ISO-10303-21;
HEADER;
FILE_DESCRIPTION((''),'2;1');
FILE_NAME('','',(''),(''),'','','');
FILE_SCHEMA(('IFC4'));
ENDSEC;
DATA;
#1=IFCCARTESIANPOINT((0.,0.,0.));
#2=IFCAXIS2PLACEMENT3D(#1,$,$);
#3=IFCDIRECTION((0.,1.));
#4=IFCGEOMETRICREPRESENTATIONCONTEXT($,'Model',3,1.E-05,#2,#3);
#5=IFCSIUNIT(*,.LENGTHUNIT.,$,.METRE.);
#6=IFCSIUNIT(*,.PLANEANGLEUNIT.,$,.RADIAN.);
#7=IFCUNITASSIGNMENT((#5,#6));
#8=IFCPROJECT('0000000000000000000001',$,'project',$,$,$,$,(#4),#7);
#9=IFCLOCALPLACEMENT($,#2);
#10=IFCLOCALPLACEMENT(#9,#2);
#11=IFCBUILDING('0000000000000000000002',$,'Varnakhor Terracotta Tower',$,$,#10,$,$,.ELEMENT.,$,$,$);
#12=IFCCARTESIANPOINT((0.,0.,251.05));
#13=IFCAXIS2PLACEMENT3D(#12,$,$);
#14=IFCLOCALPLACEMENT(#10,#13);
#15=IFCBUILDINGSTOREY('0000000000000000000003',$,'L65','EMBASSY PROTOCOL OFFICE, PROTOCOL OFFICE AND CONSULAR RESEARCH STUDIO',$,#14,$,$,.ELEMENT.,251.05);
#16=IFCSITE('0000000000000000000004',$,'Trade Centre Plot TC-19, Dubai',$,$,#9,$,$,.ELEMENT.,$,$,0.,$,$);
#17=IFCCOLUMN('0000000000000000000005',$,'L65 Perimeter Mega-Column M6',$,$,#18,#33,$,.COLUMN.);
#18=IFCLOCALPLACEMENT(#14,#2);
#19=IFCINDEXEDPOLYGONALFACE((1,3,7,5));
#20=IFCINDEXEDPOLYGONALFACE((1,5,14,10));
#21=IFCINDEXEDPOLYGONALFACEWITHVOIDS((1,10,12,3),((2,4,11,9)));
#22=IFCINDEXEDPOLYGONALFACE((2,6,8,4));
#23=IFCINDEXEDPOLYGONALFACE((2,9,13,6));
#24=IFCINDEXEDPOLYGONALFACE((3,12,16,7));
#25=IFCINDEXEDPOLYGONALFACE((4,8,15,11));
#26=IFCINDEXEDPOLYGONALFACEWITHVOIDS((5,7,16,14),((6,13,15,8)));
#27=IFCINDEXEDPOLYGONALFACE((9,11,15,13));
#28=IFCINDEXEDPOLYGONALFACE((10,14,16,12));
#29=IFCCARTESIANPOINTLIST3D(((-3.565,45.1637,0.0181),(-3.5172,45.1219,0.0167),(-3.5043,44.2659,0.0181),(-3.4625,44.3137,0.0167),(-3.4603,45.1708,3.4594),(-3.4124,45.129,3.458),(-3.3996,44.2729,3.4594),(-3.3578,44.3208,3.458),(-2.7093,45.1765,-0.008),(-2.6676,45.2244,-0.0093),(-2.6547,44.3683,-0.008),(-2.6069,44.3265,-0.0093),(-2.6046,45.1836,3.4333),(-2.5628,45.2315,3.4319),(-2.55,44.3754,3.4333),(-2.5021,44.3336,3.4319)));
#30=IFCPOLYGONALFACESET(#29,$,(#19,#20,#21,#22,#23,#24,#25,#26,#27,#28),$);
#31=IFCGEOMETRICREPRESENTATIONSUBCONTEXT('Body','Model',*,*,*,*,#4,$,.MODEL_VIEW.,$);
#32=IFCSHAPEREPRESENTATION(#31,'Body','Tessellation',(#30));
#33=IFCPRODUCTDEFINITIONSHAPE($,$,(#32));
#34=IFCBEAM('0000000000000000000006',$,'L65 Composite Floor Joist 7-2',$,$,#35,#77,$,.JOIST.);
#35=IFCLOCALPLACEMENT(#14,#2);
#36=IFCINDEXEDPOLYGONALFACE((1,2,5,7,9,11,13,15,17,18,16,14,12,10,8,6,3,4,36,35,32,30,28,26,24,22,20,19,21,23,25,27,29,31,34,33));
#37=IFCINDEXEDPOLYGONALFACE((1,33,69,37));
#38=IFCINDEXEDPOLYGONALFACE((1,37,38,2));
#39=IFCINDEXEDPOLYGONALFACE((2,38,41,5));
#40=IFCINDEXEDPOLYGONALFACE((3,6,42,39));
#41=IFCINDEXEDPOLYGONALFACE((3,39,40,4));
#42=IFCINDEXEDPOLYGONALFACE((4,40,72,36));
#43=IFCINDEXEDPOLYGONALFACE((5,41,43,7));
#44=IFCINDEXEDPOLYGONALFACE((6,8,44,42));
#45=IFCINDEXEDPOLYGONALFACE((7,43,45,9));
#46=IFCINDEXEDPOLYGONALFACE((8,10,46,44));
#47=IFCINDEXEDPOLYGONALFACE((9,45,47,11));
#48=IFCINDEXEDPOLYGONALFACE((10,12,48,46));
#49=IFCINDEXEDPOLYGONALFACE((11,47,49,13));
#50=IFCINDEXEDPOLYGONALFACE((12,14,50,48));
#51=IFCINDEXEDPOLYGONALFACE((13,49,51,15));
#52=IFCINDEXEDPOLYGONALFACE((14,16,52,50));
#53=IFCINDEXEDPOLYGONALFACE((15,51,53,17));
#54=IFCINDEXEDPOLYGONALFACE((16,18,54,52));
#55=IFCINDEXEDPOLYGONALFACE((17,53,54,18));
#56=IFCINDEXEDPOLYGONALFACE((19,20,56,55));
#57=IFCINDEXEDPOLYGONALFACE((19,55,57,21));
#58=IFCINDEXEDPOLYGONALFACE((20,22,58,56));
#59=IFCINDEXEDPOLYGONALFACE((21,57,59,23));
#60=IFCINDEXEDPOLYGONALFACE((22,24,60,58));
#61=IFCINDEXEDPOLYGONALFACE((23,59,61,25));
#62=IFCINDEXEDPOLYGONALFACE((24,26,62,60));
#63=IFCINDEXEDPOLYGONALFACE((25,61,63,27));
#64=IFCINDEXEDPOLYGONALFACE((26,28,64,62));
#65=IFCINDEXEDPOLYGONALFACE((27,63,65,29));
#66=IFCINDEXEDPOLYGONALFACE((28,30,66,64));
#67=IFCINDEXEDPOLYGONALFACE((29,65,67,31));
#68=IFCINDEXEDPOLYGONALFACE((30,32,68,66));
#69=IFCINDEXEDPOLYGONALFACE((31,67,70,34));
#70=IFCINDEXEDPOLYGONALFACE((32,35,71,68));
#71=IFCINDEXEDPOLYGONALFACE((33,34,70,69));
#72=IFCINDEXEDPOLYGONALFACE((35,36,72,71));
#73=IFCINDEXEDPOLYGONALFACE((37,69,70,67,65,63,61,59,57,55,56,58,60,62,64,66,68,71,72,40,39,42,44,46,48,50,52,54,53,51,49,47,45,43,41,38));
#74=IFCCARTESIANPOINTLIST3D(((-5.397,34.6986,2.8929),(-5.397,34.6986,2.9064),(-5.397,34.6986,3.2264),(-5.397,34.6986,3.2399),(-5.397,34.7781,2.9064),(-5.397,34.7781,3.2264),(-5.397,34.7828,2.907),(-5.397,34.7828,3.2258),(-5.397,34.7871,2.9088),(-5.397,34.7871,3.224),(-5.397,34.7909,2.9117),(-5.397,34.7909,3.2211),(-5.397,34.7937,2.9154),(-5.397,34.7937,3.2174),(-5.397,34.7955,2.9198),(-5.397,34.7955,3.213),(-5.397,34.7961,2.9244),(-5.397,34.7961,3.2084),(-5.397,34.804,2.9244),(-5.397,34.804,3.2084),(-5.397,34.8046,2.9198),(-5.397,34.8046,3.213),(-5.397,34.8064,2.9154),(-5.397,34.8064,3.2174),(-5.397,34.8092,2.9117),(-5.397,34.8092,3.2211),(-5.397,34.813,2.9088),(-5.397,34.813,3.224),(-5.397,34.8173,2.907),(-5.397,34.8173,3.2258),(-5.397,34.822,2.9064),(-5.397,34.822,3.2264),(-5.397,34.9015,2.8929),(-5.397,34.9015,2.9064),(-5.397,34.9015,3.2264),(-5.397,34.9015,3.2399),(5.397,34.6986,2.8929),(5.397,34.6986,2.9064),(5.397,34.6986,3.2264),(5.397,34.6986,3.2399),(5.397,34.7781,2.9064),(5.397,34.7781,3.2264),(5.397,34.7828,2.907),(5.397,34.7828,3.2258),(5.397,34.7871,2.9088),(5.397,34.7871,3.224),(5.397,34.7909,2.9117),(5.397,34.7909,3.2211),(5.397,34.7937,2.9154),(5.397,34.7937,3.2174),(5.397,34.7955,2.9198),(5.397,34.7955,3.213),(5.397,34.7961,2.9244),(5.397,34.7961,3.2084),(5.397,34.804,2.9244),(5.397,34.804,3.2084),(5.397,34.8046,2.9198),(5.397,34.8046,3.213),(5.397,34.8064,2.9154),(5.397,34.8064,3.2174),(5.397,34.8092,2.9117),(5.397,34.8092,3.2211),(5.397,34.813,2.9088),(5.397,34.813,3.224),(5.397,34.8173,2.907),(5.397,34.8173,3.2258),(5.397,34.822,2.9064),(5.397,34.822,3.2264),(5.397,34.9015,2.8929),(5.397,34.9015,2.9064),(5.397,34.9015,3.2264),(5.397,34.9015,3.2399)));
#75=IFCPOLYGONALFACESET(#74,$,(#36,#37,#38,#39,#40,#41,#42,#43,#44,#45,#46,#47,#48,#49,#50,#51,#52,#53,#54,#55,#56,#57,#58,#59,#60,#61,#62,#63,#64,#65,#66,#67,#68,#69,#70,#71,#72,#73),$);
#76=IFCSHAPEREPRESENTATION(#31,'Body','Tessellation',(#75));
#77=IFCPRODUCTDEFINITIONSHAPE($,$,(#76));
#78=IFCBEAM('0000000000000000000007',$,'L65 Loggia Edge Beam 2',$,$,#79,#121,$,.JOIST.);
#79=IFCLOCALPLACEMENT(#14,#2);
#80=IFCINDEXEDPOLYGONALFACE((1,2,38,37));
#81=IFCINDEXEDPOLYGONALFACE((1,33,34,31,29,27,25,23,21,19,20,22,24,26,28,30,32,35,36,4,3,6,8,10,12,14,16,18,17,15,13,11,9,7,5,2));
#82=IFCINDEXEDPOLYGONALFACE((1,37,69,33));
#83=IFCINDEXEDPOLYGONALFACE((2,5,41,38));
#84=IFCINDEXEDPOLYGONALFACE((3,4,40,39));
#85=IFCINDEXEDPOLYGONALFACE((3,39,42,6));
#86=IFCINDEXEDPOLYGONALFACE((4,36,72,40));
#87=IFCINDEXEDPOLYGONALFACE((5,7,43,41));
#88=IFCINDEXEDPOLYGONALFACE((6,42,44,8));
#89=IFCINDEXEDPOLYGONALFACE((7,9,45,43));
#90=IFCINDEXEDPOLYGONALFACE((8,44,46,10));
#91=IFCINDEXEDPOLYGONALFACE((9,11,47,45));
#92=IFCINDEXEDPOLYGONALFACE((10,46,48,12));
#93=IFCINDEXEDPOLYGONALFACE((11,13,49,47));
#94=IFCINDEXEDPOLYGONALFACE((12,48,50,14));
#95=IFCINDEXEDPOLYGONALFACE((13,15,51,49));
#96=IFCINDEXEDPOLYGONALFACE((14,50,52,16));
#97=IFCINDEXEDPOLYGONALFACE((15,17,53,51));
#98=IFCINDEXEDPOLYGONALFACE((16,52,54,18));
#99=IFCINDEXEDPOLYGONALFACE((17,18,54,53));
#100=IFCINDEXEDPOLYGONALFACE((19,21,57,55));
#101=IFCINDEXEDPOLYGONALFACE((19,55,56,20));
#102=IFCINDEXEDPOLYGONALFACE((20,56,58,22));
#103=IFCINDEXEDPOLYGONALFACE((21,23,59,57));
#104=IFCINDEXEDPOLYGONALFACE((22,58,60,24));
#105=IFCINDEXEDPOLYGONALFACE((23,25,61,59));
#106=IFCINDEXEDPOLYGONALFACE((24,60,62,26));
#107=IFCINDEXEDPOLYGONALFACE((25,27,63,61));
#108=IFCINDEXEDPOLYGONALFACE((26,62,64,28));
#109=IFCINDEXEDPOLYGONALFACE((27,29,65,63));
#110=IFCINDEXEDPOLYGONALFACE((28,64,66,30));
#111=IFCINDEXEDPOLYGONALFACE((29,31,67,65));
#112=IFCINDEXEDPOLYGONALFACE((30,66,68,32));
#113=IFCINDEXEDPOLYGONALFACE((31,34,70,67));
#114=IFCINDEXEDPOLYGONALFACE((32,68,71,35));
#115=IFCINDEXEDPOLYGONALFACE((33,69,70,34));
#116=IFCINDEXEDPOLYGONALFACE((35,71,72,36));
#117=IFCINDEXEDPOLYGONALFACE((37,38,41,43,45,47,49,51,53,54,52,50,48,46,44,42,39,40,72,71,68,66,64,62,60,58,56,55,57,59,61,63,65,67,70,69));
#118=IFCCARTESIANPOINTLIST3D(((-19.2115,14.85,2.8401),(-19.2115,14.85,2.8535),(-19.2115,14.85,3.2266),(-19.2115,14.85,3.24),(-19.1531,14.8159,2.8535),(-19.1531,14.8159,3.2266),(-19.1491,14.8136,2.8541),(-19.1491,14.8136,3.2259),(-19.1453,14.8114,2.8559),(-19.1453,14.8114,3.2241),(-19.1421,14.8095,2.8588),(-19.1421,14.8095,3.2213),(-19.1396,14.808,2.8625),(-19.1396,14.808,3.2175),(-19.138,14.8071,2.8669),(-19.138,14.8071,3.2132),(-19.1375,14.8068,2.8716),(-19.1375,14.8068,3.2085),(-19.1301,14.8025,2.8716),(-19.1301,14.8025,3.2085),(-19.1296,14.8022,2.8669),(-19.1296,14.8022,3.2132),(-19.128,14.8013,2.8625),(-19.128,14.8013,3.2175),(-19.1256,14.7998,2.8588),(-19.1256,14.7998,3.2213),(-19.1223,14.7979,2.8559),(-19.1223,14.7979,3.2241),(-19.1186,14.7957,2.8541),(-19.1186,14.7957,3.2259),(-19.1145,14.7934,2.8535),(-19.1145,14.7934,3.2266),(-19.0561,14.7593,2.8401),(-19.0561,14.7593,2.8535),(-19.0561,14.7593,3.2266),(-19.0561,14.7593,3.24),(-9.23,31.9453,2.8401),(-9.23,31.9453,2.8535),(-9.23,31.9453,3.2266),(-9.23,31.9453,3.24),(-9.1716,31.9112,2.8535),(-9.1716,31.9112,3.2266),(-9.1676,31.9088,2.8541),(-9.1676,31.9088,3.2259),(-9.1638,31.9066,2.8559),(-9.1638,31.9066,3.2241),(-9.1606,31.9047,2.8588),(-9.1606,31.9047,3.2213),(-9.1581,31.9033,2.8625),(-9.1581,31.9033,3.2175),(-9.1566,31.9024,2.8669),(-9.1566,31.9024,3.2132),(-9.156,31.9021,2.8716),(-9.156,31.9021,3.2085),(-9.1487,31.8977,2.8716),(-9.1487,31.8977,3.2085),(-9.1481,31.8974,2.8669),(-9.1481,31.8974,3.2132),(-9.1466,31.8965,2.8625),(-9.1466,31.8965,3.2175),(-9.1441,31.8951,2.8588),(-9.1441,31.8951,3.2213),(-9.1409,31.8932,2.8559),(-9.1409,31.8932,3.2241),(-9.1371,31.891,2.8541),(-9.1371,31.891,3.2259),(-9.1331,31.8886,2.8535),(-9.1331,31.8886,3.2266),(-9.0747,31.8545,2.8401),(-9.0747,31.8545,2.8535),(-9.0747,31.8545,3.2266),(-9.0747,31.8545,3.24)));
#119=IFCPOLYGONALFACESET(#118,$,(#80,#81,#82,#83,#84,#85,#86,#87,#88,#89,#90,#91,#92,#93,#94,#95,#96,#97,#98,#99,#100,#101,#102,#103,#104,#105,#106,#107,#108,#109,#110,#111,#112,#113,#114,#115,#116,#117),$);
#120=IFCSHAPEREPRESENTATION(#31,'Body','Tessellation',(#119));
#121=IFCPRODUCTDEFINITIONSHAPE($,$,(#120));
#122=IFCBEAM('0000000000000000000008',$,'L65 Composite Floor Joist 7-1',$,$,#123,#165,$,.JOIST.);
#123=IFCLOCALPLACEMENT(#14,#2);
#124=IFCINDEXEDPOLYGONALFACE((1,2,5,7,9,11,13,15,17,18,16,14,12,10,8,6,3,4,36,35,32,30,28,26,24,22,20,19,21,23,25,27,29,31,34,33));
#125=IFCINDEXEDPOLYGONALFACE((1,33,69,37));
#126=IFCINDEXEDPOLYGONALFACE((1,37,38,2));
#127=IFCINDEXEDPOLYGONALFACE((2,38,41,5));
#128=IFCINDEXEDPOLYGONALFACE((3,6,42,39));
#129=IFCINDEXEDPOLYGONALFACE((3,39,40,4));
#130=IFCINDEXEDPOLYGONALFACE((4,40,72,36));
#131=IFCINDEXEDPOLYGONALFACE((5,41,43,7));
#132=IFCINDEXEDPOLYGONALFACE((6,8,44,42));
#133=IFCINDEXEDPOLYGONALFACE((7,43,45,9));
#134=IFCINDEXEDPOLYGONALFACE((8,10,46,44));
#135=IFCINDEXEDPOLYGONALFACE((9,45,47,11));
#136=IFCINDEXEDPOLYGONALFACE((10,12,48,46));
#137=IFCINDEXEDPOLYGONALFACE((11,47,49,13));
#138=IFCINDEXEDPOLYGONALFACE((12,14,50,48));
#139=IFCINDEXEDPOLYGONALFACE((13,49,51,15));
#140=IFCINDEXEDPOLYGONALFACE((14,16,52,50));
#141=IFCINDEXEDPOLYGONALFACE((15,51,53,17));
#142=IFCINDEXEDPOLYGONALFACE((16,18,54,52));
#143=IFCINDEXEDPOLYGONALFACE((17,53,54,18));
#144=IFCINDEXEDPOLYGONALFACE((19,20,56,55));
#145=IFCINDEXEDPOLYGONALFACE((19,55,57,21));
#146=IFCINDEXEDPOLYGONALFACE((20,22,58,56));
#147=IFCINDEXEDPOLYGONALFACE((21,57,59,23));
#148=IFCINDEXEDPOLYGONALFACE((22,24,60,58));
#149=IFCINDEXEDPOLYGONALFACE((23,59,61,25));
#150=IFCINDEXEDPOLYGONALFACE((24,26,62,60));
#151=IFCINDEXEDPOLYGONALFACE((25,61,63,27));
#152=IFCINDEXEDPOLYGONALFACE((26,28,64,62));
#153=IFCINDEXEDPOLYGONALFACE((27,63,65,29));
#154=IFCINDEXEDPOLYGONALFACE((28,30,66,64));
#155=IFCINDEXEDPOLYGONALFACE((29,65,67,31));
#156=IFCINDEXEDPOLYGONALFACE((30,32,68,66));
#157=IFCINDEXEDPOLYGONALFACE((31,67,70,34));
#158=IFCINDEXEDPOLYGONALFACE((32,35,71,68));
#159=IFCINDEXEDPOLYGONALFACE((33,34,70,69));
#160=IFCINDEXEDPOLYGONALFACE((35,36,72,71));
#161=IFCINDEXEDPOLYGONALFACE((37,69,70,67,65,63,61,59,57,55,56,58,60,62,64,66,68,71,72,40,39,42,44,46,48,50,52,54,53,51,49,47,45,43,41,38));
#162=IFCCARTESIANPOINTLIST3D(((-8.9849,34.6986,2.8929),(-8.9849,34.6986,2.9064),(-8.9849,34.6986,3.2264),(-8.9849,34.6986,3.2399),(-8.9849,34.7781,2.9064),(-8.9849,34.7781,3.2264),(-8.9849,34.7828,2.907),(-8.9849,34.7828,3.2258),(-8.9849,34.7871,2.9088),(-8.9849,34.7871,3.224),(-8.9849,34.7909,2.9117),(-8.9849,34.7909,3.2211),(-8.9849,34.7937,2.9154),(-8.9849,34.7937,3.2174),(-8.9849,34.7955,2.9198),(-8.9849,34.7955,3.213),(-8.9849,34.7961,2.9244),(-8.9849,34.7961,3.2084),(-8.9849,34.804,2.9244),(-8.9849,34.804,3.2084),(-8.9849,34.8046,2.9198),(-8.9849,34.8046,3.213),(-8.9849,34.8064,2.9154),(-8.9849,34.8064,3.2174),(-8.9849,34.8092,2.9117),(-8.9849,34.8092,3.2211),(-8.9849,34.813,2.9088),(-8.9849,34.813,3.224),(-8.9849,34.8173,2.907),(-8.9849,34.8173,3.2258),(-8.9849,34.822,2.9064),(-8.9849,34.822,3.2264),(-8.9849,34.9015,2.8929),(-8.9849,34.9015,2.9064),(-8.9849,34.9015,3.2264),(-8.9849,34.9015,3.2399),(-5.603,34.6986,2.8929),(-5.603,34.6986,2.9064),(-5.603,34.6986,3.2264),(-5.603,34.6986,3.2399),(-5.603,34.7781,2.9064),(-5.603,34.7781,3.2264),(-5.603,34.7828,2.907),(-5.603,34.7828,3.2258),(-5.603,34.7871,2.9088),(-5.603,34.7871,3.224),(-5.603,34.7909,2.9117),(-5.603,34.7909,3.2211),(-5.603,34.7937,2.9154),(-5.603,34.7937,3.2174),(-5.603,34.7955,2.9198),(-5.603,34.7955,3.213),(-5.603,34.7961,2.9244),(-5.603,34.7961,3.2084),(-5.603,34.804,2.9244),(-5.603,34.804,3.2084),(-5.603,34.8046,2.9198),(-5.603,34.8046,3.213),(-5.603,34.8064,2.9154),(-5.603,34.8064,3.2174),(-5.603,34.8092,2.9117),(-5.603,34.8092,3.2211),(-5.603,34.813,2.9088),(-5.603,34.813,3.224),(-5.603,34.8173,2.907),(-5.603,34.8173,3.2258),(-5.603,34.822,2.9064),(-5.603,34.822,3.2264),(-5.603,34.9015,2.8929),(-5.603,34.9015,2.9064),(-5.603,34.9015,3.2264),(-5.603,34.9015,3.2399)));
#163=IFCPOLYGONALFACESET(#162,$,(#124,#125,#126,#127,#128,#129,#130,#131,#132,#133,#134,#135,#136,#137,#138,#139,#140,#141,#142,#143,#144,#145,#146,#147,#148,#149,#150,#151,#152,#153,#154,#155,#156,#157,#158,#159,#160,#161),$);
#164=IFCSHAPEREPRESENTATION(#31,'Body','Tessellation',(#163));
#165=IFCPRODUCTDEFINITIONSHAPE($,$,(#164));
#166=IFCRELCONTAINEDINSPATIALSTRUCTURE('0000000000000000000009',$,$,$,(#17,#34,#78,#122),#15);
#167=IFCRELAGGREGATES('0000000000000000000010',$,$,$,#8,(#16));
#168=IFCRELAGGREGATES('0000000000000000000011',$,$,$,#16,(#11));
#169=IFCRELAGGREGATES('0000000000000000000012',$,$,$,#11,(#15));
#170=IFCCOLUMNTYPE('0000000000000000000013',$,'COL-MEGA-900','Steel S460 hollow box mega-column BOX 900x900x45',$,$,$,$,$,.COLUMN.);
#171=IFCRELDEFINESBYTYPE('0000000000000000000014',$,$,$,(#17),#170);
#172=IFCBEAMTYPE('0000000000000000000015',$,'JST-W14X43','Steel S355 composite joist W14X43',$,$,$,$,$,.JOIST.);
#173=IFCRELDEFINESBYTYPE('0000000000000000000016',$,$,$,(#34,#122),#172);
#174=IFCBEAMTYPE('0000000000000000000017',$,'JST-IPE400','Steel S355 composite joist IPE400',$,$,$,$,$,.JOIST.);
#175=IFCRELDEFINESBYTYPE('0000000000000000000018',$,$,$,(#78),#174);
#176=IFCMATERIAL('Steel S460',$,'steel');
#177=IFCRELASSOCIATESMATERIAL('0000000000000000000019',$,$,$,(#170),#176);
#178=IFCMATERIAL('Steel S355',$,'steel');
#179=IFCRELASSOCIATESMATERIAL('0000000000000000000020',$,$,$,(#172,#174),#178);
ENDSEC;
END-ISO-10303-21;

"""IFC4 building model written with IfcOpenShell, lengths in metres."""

from ifc_helpers import new_model, si_unit, direction, frame, origin, origin_2d, place, context, subcontext, project, spatial, hollow_rectangle, i_section, extrude, source, transform, mapped, material, material_profile, profile_set, type_object, element, save


model = new_model("IFC4")

# Units and contexts
model_context = context("Model", 3, precision=1e-05, world=origin(), true_north=direction((0.0, 1.0)))
body_context = subcontext(model_context, "Body", "Model", "MODEL_VIEW")
ifc_project = project(units=[si_unit("LENGTHUNIT", "METRE"), si_unit("PLANEANGLEUNIT", "RADIAN")], contexts=[model_context])

# Site, building, storey
site_placement = place(None, origin())
site = spatial("IfcSite", under=ifc_project, at=site_placement, Name="Trade Centre Plot TC-19, Dubai", CompositionType="ELEMENT", RefElevation=0.0)
building_placement = place(site_placement, origin())
building = spatial("IfcBuilding", under=site, at=building_placement, Name="Varnakhor Terracotta Tower", CompositionType="ELEMENT")
storey_placement = place(building_placement, frame((0.0, 0.0, 251.05)))
storey = spatial("IfcBuildingStorey", under=building, at=storey_placement, Name="L65", Description="EMBASSY PROTOCOL OFFICE, PROTOCOL OFFICE AND CONSULAR RESEARCH STUDIO", CompositionType="ELEMENT", Elevation=251.05)

# Column
ifc_material_1 = material(Name="Steel S460", Category="steel")
ifc_material_profile_1 = material_profile(ifc_material_1, hollow_rectangle(XDim=0.8999, YDim=0.8999, WallThickness=0.0449, at=origin_2d()), Name="BOX 900x900x45")
ifc_profile_set_1 = profile_set([ifc_material_profile_1], Name="Steel S460")
column_type = type_object("IfcColumnType", Name="COL-MEGA-900", Description="Steel S460 hollow box mega-column BOX 900x900x45", PredefinedType="COLUMN", material=ifc_profile_set_1)
shared_shape_1 = source(origin(), body_context, "Body", "SweptSolid", [
    extrude(hollow_rectangle(XDim=0.8999, YDim=0.8999, WallThickness=0.0449, at=origin_2d()), origin(), (0.0, 0.0, 1.0), 3.4429),
])
column_placement = place(storey_placement, frame((-3.0859, 44.7451, 0.0044), z_axis=(0.030422, 0.002057, 0.999535), x_axis=(-0.067445, 0.997723, 0.0)))
element("IfcColumn", 1, at=column_placement, inside=storey, type_object=column_type, Name="L65 Perimeter Mega-Column M6", PredefinedType="COLUMN", context=body_context, shape_type="MappedRepresentation", body=[
    mapped(shared_shape_1, transform((0.0, 0.0, 0.0), scale=1.0)),
])

# Beams
ifc_material_2 = material(Name="Steel S355", Category="steel")
ifc_material_profile_2 = material_profile(ifc_material_2, i_section(OverallWidth=0.2029, OverallDepth=0.3469, WebThickness=0.0078, FlangeThickness=0.0134, FilletRadius=0.0181, at=origin_2d()), Name="W14X43")
ifc_profile_set_2 = profile_set([ifc_material_profile_2], Name="Steel S355")
beam_type_1 = type_object("IfcBeamType", Name="JST-W14X43", Description="Steel S355 composite joist W14X43", PredefinedType="JOIST", material=ifc_profile_set_2)
shared_shape_2 = source(origin(), body_context, "Body", "SweptSolid", [
    extrude(i_section(OverallWidth=0.2029, OverallDepth=0.3469, WebThickness=0.0078, FlangeThickness=0.0134, FilletRadius=0.0181, at=origin_2d()), origin(), (0.0, 0.0, 1.0), 10.7939),
])
beam_1_placement = place(storey_placement, frame((-5.397, 34.8, 3.0664), z_axis=(1.0, 0.0, 0.0), x_axis=(0.0, 1.0, 0.0)))
element("IfcBeam", 2, at=beam_1_placement, inside=storey, type_object=beam_type_1, Name="L65 Composite Floor Joist 7-2", PredefinedType="JOIST", context=body_context, shape_type="MappedRepresentation", body=[
    mapped(shared_shape_2, transform((0.0, 0.0, 0.0), scale=1.0)),
])
ifc_material_profile_3 = material_profile(ifc_material_2, i_section(OverallWidth=0.1799, OverallDepth=0.3999, WebThickness=0.0085, FlangeThickness=0.0134, FilletRadius=0.0181, at=origin_2d()), Name="IPE400")
ifc_profile_set_3 = profile_set([ifc_material_profile_3], Name="Steel S355")
beam_type_2 = type_object("IfcBeamType", Name="JST-IPE400", Description="Steel S355 composite joist IPE400", PredefinedType="JOIST", material=ifc_profile_set_3)
shared_shape_3 = source(origin(), body_context, "Body", "SweptSolid", [
    extrude(i_section(OverallWidth=0.1799, OverallDepth=0.3999, WebThickness=0.0085, FlangeThickness=0.0134, FilletRadius=0.0181, at=origin_2d()), origin(), (0.0, 0.0, 1.0), 19.7959),
])
beam_2_placement = place(storey_placement, frame((-9.1523, 31.8999, 3.04), z_axis=(-0.504219, -0.863576, 0.0), x_axis=(0.863576, -0.504219, 0.0)))
element("IfcBeam", 3, at=beam_2_placement, inside=storey, type_object=beam_type_2, Name="L65 Loggia Edge Beam 2", PredefinedType="JOIST", context=body_context, shape_type="MappedRepresentation", body=[
    mapped(shared_shape_3, transform((0.0, 0.0, 0.0), scale=1.0)),
])
shared_shape_4 = source(origin(), body_context, "Body", "SweptSolid", [
    extrude(i_section(OverallWidth=0.2029, OverallDepth=0.3469, WebThickness=0.0078, FlangeThickness=0.0134, FilletRadius=0.0181, at=origin_2d()), origin(), (0.0, 0.0, 1.0), 3.3818),
])
beam_3_placement = place(storey_placement, frame((-8.9849, 34.8, 3.0664), z_axis=(1.0, 0.0, 0.0), x_axis=(0.0, 1.0, 0.0)))
element("IfcBeam", 4, at=beam_3_placement, inside=storey, type_object=beam_type_1, Name="L65 Composite Floor Joist 7-1", PredefinedType="JOIST", context=body_context, shape_type="MappedRepresentation", body=[
    mapped(shared_shape_4, transform((0.0, 0.0, 0.0), scale=1.0)),
])

save(model, "model.ifc")
